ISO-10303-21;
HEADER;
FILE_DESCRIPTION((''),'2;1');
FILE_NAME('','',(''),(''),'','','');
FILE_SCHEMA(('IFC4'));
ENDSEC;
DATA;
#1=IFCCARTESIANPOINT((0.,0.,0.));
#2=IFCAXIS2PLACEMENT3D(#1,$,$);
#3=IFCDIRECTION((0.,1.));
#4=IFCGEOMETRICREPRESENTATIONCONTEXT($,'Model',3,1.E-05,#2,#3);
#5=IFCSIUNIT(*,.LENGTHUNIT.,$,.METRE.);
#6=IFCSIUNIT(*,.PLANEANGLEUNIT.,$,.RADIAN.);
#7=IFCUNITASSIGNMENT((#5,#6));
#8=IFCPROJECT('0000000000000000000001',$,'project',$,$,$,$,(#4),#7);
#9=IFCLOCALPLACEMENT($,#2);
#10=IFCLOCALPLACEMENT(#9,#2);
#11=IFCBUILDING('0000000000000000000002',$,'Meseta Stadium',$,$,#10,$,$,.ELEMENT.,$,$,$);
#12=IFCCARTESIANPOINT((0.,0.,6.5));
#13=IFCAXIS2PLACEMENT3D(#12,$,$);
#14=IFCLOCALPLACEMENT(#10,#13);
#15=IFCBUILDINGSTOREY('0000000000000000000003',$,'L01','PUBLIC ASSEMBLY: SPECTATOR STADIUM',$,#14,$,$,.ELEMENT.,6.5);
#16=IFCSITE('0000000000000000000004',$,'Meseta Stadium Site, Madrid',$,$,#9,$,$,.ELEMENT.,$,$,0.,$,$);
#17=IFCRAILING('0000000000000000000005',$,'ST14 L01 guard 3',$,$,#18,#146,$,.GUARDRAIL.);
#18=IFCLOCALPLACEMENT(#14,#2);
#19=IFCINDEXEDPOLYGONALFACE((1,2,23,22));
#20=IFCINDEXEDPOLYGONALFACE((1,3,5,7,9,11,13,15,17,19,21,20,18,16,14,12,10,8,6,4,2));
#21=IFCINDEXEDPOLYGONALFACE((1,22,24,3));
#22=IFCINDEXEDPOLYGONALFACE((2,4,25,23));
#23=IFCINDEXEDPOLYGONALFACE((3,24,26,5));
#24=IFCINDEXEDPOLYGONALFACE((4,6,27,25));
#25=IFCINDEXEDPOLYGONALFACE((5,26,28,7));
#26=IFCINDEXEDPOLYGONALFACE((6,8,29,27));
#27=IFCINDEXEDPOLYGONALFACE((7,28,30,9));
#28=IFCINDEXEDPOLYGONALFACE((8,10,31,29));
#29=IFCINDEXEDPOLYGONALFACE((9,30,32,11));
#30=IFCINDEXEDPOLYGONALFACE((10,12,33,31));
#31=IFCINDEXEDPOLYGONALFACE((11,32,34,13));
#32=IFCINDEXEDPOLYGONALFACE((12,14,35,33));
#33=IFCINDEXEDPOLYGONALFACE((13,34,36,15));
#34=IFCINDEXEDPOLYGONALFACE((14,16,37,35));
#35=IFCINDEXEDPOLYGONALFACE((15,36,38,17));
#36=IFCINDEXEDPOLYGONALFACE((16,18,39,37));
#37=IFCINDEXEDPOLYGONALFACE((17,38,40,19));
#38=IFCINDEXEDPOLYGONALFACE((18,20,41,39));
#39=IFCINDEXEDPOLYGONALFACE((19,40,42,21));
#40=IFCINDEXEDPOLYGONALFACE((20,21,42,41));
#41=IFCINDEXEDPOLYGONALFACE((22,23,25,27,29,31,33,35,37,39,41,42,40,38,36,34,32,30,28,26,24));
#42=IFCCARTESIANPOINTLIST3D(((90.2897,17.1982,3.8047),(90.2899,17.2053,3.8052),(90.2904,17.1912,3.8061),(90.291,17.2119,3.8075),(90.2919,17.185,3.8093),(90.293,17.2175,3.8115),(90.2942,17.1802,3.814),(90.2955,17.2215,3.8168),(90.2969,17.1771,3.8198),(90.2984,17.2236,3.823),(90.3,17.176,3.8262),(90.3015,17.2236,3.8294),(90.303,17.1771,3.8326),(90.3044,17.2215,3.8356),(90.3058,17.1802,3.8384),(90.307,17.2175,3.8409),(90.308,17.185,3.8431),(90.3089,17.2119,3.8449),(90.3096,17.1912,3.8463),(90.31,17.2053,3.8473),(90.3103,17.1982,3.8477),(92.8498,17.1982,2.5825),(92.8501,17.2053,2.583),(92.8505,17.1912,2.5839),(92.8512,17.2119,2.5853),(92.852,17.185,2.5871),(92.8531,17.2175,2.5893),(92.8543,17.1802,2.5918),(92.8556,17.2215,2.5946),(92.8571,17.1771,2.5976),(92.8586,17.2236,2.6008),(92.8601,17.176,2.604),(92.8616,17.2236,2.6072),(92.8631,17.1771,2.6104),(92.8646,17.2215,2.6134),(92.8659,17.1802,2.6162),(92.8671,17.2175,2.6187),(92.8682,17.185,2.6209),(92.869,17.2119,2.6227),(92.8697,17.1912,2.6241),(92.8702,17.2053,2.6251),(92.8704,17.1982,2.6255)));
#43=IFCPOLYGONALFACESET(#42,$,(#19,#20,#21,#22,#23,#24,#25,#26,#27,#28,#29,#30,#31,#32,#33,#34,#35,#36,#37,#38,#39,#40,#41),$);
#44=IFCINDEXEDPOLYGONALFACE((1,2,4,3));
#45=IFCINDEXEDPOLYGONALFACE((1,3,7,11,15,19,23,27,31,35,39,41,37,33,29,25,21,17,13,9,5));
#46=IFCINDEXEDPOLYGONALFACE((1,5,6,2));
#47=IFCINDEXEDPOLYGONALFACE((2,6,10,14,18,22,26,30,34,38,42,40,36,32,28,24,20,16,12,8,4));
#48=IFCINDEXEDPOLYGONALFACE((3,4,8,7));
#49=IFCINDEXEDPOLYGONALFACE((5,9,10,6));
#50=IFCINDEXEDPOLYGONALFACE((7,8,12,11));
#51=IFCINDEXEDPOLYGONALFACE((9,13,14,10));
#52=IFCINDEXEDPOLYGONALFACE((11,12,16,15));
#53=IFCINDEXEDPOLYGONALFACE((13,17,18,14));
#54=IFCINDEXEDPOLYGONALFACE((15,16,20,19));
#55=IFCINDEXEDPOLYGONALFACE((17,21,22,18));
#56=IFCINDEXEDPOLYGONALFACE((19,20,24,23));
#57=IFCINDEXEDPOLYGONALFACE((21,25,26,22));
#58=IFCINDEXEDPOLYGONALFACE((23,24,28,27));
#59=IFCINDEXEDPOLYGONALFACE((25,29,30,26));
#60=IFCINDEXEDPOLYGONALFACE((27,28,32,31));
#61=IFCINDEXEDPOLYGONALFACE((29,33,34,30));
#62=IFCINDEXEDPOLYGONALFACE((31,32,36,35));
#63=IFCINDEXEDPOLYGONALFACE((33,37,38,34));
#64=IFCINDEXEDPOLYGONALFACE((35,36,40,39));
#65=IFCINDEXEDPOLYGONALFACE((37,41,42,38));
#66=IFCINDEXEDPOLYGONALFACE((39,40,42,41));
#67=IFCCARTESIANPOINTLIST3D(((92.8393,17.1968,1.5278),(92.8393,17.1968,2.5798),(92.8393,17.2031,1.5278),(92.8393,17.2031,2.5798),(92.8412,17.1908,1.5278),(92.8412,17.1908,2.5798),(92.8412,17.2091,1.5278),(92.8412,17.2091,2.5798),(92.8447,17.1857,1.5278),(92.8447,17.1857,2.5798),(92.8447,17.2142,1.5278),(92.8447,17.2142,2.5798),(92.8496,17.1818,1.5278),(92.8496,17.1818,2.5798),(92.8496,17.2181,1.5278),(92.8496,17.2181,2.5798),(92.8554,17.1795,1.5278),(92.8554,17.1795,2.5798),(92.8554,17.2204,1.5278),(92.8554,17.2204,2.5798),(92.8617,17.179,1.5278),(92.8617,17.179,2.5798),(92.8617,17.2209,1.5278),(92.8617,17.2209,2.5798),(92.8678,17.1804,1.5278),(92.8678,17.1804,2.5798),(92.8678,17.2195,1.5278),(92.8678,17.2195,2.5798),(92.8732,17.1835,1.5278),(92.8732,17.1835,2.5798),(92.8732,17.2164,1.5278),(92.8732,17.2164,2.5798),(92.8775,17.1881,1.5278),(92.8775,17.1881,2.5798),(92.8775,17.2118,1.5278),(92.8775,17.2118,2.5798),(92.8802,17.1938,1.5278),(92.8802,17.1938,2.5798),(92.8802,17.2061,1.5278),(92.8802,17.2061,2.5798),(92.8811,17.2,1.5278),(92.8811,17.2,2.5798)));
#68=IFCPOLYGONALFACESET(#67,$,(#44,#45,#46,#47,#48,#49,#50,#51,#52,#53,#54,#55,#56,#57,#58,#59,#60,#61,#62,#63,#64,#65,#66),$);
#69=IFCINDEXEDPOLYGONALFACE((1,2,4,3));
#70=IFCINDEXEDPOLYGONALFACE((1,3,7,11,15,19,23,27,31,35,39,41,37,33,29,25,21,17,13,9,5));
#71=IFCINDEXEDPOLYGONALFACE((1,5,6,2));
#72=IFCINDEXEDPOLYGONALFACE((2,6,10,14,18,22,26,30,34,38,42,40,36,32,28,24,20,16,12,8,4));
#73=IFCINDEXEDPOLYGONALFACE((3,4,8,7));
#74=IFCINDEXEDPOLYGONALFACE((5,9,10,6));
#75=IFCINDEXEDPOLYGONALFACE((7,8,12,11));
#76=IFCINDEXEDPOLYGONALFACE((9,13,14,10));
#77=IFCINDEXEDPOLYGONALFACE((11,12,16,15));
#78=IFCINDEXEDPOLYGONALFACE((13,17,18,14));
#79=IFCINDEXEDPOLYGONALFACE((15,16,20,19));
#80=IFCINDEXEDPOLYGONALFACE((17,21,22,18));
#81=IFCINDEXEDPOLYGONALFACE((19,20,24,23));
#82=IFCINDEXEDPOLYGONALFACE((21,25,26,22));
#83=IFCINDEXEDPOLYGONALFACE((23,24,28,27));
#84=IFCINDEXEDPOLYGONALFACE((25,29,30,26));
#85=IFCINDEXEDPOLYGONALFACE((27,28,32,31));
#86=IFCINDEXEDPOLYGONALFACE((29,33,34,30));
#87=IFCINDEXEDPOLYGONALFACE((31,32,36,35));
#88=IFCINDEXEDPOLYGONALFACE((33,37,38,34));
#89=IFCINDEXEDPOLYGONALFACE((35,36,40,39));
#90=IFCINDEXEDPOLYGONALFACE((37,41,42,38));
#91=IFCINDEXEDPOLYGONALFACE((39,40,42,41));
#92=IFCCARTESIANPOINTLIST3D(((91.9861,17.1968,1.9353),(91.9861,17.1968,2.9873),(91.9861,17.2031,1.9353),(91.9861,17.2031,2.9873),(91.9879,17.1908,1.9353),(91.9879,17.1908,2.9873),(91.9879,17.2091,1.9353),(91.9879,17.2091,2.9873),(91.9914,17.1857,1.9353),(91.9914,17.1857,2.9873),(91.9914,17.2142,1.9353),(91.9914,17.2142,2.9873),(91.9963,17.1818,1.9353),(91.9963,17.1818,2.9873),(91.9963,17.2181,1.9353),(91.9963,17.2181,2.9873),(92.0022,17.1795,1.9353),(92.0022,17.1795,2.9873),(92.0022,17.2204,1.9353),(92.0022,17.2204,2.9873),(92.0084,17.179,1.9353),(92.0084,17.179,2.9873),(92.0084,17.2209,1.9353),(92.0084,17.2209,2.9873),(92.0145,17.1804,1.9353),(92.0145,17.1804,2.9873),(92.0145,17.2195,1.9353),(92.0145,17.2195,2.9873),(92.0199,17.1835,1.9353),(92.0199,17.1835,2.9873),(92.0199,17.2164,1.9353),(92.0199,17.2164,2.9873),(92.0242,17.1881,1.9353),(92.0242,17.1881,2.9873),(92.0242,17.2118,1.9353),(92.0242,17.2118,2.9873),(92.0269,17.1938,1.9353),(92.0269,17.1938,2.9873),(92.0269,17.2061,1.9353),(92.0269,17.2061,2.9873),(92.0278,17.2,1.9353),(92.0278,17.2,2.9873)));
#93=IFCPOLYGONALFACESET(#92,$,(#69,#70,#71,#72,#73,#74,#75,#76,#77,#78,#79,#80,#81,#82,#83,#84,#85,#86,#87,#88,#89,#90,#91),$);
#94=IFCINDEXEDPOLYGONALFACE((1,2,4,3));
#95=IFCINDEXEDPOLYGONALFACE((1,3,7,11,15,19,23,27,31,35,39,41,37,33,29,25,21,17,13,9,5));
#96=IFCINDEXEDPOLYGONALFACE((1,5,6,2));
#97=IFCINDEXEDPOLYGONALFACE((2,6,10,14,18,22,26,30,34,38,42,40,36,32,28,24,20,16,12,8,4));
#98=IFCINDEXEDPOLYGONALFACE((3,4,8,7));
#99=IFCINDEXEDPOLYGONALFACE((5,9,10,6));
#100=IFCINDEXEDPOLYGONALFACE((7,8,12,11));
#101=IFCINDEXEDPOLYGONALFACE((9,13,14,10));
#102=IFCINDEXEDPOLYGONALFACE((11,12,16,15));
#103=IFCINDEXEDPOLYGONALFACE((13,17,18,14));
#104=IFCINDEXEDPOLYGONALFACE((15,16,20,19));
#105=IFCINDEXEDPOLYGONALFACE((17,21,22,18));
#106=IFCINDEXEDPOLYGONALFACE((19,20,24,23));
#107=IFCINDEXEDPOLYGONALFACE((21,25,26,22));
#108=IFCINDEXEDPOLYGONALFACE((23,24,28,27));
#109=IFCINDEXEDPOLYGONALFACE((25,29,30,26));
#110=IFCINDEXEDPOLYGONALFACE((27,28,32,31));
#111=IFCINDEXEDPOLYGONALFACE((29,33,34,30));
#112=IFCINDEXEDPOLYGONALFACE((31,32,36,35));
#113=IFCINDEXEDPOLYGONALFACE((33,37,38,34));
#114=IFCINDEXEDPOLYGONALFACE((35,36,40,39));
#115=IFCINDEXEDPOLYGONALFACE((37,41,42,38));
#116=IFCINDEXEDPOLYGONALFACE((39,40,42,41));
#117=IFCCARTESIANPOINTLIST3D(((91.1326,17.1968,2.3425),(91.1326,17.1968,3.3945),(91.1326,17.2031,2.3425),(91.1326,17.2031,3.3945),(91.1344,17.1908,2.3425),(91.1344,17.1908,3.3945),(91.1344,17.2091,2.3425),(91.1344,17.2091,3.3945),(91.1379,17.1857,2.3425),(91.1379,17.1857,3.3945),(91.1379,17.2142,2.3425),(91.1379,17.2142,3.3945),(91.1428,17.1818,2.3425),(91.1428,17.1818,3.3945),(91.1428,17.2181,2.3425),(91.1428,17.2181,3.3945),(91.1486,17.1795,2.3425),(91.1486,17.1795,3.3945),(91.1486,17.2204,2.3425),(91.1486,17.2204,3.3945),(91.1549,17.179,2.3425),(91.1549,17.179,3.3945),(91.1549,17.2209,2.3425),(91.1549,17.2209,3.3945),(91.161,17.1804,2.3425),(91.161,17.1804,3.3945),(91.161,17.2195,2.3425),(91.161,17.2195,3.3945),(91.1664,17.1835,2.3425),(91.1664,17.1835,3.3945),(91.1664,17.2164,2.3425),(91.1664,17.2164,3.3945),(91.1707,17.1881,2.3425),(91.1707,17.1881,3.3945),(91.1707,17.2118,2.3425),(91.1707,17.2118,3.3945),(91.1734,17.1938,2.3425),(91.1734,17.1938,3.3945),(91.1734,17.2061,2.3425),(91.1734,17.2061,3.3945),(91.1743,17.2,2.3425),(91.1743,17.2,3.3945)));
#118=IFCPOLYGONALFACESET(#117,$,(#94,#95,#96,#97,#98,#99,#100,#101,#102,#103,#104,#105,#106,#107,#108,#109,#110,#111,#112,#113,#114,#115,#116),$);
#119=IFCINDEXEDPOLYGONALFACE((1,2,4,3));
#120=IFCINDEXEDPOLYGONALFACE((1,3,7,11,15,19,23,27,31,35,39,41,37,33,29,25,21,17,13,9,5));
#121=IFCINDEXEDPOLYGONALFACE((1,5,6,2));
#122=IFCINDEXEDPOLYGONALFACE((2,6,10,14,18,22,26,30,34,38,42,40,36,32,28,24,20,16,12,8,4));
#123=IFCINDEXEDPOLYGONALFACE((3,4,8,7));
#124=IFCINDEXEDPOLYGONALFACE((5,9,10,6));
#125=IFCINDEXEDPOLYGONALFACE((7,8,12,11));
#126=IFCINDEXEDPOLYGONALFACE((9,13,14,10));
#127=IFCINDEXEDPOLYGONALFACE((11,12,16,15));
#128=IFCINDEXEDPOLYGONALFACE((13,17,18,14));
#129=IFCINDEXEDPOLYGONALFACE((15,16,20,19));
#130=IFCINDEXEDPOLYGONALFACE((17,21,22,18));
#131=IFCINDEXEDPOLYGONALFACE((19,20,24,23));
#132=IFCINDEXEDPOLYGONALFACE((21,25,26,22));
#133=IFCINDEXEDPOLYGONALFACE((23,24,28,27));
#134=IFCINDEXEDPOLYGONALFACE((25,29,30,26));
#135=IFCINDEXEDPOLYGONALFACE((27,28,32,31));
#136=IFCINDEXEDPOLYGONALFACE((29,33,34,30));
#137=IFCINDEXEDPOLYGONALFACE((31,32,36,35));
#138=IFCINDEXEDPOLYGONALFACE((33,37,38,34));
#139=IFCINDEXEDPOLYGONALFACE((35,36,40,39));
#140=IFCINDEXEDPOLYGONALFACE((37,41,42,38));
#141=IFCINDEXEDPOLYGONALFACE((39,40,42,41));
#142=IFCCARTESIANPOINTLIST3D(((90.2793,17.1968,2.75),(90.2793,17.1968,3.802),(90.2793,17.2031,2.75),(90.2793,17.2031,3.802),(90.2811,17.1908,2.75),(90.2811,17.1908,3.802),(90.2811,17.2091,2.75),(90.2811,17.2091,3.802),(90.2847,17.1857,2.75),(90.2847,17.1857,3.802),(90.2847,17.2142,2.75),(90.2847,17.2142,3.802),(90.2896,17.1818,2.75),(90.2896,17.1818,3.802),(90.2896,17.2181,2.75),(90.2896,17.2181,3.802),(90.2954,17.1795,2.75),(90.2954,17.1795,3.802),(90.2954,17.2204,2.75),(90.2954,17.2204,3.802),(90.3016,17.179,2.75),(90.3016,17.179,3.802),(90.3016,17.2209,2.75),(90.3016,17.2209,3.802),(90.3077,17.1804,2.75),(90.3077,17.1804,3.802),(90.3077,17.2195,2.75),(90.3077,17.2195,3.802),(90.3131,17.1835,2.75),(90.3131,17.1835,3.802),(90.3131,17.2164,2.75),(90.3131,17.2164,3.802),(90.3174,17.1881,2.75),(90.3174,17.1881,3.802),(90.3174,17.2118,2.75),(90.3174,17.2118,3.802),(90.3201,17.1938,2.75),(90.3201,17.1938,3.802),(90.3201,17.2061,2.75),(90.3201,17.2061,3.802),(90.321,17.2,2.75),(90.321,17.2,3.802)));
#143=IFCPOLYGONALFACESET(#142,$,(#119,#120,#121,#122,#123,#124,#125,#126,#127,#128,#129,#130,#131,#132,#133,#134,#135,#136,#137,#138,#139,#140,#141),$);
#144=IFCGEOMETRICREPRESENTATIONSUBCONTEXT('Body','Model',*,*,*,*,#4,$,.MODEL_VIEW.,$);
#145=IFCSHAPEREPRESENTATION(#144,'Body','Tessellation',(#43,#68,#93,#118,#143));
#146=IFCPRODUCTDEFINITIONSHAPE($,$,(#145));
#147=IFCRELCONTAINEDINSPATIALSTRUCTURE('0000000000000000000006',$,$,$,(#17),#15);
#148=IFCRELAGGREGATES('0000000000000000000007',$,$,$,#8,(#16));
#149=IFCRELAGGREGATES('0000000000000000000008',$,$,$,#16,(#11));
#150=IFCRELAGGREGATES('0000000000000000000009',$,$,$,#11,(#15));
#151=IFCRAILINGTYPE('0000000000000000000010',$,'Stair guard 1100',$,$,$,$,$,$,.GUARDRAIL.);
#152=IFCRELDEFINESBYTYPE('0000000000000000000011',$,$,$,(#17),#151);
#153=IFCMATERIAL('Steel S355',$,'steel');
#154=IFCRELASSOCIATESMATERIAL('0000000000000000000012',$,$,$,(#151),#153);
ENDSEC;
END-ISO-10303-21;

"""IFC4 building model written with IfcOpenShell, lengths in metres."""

from ifc_helpers import new_model, si_unit, direction, frame, origin, origin_2d, place, context, subcontext, project, spatial, circle, extrude, material, type_object, element, save


model = new_model("IFC4")

# Units and contexts
model_context = context("Model", 3, precision=1e-05, world=origin(), true_north=direction((0.0, 1.0)))
body_context = subcontext(model_context, "Body", "Model", "MODEL_VIEW")
ifc_project = project(units=[si_unit("LENGTHUNIT", "METRE"), si_unit("PLANEANGLEUNIT", "RADIAN")], contexts=[model_context])

# Site, building, storey
site_placement = place(None, origin())
site = spatial("IfcSite", under=ifc_project, at=site_placement, Name="Meseta Stadium Site, Madrid", CompositionType="ELEMENT", RefElevation=0.0)
building_placement = place(site_placement, origin())
building = spatial("IfcBuilding", under=site, at=building_placement, Name="Meseta Stadium", CompositionType="ELEMENT")
storey_placement = place(building_placement, frame((0.0, 0.0, 6.5)))
storey = spatial("IfcBuildingStorey", under=building, at=storey_placement, Name="L01", Description="PUBLIC ASSEMBLY: SPECTATOR STADIUM", CompositionType="ELEMENT", Elevation=6.5)

# Railing
ifc_material_1 = material(Name="Steel S355", Category="steel")
railing_type_1 = type_object("IfcRailingType", Name="Stair guard 1100", PredefinedType="GUARDRAIL", material=ifc_material_1)
railing_1_placement = place(storey_placement, frame((92.8601, 17.2, 1.5278)))
element("IfcRailing", 1, at=railing_1_placement, inside=storey, type_object=railing_type_1, Name="ST14 L01 guard 3", PredefinedType="GUARDRAIL", context=body_context, shape_type="SweptSolid", body=[
    extrude(circle(Radius=0.0239, at=origin_2d()), frame((0.0, 0.0, 1.0762), z_axis=(-0.902437, 0.0, 0.430822), x_axis=(0.0, -1.0, 0.0)), (0.0, 0.0, 1.0), 2.8369),
    extrude(circle(Radius=0.021, at=origin_2d()), origin(), (0.0, 0.0, 1.0), 1.052),
    extrude(circle(Radius=0.021, at=origin_2d()), frame((-0.8533, 0.0, 0.4075)), (0.0, 0.0, 1.0), 1.052),
    extrude(circle(Radius=0.021, at=origin_2d()), frame((-1.7068, 0.0, 0.8147)), (0.0, 0.0, 1.0), 1.052),
    extrude(circle(Radius=0.021, at=origin_2d()), frame((-2.5601, 0.0, 1.2222)), (0.0, 0.0, 1.0), 1.052),
])

save(model, "model.ifc")
